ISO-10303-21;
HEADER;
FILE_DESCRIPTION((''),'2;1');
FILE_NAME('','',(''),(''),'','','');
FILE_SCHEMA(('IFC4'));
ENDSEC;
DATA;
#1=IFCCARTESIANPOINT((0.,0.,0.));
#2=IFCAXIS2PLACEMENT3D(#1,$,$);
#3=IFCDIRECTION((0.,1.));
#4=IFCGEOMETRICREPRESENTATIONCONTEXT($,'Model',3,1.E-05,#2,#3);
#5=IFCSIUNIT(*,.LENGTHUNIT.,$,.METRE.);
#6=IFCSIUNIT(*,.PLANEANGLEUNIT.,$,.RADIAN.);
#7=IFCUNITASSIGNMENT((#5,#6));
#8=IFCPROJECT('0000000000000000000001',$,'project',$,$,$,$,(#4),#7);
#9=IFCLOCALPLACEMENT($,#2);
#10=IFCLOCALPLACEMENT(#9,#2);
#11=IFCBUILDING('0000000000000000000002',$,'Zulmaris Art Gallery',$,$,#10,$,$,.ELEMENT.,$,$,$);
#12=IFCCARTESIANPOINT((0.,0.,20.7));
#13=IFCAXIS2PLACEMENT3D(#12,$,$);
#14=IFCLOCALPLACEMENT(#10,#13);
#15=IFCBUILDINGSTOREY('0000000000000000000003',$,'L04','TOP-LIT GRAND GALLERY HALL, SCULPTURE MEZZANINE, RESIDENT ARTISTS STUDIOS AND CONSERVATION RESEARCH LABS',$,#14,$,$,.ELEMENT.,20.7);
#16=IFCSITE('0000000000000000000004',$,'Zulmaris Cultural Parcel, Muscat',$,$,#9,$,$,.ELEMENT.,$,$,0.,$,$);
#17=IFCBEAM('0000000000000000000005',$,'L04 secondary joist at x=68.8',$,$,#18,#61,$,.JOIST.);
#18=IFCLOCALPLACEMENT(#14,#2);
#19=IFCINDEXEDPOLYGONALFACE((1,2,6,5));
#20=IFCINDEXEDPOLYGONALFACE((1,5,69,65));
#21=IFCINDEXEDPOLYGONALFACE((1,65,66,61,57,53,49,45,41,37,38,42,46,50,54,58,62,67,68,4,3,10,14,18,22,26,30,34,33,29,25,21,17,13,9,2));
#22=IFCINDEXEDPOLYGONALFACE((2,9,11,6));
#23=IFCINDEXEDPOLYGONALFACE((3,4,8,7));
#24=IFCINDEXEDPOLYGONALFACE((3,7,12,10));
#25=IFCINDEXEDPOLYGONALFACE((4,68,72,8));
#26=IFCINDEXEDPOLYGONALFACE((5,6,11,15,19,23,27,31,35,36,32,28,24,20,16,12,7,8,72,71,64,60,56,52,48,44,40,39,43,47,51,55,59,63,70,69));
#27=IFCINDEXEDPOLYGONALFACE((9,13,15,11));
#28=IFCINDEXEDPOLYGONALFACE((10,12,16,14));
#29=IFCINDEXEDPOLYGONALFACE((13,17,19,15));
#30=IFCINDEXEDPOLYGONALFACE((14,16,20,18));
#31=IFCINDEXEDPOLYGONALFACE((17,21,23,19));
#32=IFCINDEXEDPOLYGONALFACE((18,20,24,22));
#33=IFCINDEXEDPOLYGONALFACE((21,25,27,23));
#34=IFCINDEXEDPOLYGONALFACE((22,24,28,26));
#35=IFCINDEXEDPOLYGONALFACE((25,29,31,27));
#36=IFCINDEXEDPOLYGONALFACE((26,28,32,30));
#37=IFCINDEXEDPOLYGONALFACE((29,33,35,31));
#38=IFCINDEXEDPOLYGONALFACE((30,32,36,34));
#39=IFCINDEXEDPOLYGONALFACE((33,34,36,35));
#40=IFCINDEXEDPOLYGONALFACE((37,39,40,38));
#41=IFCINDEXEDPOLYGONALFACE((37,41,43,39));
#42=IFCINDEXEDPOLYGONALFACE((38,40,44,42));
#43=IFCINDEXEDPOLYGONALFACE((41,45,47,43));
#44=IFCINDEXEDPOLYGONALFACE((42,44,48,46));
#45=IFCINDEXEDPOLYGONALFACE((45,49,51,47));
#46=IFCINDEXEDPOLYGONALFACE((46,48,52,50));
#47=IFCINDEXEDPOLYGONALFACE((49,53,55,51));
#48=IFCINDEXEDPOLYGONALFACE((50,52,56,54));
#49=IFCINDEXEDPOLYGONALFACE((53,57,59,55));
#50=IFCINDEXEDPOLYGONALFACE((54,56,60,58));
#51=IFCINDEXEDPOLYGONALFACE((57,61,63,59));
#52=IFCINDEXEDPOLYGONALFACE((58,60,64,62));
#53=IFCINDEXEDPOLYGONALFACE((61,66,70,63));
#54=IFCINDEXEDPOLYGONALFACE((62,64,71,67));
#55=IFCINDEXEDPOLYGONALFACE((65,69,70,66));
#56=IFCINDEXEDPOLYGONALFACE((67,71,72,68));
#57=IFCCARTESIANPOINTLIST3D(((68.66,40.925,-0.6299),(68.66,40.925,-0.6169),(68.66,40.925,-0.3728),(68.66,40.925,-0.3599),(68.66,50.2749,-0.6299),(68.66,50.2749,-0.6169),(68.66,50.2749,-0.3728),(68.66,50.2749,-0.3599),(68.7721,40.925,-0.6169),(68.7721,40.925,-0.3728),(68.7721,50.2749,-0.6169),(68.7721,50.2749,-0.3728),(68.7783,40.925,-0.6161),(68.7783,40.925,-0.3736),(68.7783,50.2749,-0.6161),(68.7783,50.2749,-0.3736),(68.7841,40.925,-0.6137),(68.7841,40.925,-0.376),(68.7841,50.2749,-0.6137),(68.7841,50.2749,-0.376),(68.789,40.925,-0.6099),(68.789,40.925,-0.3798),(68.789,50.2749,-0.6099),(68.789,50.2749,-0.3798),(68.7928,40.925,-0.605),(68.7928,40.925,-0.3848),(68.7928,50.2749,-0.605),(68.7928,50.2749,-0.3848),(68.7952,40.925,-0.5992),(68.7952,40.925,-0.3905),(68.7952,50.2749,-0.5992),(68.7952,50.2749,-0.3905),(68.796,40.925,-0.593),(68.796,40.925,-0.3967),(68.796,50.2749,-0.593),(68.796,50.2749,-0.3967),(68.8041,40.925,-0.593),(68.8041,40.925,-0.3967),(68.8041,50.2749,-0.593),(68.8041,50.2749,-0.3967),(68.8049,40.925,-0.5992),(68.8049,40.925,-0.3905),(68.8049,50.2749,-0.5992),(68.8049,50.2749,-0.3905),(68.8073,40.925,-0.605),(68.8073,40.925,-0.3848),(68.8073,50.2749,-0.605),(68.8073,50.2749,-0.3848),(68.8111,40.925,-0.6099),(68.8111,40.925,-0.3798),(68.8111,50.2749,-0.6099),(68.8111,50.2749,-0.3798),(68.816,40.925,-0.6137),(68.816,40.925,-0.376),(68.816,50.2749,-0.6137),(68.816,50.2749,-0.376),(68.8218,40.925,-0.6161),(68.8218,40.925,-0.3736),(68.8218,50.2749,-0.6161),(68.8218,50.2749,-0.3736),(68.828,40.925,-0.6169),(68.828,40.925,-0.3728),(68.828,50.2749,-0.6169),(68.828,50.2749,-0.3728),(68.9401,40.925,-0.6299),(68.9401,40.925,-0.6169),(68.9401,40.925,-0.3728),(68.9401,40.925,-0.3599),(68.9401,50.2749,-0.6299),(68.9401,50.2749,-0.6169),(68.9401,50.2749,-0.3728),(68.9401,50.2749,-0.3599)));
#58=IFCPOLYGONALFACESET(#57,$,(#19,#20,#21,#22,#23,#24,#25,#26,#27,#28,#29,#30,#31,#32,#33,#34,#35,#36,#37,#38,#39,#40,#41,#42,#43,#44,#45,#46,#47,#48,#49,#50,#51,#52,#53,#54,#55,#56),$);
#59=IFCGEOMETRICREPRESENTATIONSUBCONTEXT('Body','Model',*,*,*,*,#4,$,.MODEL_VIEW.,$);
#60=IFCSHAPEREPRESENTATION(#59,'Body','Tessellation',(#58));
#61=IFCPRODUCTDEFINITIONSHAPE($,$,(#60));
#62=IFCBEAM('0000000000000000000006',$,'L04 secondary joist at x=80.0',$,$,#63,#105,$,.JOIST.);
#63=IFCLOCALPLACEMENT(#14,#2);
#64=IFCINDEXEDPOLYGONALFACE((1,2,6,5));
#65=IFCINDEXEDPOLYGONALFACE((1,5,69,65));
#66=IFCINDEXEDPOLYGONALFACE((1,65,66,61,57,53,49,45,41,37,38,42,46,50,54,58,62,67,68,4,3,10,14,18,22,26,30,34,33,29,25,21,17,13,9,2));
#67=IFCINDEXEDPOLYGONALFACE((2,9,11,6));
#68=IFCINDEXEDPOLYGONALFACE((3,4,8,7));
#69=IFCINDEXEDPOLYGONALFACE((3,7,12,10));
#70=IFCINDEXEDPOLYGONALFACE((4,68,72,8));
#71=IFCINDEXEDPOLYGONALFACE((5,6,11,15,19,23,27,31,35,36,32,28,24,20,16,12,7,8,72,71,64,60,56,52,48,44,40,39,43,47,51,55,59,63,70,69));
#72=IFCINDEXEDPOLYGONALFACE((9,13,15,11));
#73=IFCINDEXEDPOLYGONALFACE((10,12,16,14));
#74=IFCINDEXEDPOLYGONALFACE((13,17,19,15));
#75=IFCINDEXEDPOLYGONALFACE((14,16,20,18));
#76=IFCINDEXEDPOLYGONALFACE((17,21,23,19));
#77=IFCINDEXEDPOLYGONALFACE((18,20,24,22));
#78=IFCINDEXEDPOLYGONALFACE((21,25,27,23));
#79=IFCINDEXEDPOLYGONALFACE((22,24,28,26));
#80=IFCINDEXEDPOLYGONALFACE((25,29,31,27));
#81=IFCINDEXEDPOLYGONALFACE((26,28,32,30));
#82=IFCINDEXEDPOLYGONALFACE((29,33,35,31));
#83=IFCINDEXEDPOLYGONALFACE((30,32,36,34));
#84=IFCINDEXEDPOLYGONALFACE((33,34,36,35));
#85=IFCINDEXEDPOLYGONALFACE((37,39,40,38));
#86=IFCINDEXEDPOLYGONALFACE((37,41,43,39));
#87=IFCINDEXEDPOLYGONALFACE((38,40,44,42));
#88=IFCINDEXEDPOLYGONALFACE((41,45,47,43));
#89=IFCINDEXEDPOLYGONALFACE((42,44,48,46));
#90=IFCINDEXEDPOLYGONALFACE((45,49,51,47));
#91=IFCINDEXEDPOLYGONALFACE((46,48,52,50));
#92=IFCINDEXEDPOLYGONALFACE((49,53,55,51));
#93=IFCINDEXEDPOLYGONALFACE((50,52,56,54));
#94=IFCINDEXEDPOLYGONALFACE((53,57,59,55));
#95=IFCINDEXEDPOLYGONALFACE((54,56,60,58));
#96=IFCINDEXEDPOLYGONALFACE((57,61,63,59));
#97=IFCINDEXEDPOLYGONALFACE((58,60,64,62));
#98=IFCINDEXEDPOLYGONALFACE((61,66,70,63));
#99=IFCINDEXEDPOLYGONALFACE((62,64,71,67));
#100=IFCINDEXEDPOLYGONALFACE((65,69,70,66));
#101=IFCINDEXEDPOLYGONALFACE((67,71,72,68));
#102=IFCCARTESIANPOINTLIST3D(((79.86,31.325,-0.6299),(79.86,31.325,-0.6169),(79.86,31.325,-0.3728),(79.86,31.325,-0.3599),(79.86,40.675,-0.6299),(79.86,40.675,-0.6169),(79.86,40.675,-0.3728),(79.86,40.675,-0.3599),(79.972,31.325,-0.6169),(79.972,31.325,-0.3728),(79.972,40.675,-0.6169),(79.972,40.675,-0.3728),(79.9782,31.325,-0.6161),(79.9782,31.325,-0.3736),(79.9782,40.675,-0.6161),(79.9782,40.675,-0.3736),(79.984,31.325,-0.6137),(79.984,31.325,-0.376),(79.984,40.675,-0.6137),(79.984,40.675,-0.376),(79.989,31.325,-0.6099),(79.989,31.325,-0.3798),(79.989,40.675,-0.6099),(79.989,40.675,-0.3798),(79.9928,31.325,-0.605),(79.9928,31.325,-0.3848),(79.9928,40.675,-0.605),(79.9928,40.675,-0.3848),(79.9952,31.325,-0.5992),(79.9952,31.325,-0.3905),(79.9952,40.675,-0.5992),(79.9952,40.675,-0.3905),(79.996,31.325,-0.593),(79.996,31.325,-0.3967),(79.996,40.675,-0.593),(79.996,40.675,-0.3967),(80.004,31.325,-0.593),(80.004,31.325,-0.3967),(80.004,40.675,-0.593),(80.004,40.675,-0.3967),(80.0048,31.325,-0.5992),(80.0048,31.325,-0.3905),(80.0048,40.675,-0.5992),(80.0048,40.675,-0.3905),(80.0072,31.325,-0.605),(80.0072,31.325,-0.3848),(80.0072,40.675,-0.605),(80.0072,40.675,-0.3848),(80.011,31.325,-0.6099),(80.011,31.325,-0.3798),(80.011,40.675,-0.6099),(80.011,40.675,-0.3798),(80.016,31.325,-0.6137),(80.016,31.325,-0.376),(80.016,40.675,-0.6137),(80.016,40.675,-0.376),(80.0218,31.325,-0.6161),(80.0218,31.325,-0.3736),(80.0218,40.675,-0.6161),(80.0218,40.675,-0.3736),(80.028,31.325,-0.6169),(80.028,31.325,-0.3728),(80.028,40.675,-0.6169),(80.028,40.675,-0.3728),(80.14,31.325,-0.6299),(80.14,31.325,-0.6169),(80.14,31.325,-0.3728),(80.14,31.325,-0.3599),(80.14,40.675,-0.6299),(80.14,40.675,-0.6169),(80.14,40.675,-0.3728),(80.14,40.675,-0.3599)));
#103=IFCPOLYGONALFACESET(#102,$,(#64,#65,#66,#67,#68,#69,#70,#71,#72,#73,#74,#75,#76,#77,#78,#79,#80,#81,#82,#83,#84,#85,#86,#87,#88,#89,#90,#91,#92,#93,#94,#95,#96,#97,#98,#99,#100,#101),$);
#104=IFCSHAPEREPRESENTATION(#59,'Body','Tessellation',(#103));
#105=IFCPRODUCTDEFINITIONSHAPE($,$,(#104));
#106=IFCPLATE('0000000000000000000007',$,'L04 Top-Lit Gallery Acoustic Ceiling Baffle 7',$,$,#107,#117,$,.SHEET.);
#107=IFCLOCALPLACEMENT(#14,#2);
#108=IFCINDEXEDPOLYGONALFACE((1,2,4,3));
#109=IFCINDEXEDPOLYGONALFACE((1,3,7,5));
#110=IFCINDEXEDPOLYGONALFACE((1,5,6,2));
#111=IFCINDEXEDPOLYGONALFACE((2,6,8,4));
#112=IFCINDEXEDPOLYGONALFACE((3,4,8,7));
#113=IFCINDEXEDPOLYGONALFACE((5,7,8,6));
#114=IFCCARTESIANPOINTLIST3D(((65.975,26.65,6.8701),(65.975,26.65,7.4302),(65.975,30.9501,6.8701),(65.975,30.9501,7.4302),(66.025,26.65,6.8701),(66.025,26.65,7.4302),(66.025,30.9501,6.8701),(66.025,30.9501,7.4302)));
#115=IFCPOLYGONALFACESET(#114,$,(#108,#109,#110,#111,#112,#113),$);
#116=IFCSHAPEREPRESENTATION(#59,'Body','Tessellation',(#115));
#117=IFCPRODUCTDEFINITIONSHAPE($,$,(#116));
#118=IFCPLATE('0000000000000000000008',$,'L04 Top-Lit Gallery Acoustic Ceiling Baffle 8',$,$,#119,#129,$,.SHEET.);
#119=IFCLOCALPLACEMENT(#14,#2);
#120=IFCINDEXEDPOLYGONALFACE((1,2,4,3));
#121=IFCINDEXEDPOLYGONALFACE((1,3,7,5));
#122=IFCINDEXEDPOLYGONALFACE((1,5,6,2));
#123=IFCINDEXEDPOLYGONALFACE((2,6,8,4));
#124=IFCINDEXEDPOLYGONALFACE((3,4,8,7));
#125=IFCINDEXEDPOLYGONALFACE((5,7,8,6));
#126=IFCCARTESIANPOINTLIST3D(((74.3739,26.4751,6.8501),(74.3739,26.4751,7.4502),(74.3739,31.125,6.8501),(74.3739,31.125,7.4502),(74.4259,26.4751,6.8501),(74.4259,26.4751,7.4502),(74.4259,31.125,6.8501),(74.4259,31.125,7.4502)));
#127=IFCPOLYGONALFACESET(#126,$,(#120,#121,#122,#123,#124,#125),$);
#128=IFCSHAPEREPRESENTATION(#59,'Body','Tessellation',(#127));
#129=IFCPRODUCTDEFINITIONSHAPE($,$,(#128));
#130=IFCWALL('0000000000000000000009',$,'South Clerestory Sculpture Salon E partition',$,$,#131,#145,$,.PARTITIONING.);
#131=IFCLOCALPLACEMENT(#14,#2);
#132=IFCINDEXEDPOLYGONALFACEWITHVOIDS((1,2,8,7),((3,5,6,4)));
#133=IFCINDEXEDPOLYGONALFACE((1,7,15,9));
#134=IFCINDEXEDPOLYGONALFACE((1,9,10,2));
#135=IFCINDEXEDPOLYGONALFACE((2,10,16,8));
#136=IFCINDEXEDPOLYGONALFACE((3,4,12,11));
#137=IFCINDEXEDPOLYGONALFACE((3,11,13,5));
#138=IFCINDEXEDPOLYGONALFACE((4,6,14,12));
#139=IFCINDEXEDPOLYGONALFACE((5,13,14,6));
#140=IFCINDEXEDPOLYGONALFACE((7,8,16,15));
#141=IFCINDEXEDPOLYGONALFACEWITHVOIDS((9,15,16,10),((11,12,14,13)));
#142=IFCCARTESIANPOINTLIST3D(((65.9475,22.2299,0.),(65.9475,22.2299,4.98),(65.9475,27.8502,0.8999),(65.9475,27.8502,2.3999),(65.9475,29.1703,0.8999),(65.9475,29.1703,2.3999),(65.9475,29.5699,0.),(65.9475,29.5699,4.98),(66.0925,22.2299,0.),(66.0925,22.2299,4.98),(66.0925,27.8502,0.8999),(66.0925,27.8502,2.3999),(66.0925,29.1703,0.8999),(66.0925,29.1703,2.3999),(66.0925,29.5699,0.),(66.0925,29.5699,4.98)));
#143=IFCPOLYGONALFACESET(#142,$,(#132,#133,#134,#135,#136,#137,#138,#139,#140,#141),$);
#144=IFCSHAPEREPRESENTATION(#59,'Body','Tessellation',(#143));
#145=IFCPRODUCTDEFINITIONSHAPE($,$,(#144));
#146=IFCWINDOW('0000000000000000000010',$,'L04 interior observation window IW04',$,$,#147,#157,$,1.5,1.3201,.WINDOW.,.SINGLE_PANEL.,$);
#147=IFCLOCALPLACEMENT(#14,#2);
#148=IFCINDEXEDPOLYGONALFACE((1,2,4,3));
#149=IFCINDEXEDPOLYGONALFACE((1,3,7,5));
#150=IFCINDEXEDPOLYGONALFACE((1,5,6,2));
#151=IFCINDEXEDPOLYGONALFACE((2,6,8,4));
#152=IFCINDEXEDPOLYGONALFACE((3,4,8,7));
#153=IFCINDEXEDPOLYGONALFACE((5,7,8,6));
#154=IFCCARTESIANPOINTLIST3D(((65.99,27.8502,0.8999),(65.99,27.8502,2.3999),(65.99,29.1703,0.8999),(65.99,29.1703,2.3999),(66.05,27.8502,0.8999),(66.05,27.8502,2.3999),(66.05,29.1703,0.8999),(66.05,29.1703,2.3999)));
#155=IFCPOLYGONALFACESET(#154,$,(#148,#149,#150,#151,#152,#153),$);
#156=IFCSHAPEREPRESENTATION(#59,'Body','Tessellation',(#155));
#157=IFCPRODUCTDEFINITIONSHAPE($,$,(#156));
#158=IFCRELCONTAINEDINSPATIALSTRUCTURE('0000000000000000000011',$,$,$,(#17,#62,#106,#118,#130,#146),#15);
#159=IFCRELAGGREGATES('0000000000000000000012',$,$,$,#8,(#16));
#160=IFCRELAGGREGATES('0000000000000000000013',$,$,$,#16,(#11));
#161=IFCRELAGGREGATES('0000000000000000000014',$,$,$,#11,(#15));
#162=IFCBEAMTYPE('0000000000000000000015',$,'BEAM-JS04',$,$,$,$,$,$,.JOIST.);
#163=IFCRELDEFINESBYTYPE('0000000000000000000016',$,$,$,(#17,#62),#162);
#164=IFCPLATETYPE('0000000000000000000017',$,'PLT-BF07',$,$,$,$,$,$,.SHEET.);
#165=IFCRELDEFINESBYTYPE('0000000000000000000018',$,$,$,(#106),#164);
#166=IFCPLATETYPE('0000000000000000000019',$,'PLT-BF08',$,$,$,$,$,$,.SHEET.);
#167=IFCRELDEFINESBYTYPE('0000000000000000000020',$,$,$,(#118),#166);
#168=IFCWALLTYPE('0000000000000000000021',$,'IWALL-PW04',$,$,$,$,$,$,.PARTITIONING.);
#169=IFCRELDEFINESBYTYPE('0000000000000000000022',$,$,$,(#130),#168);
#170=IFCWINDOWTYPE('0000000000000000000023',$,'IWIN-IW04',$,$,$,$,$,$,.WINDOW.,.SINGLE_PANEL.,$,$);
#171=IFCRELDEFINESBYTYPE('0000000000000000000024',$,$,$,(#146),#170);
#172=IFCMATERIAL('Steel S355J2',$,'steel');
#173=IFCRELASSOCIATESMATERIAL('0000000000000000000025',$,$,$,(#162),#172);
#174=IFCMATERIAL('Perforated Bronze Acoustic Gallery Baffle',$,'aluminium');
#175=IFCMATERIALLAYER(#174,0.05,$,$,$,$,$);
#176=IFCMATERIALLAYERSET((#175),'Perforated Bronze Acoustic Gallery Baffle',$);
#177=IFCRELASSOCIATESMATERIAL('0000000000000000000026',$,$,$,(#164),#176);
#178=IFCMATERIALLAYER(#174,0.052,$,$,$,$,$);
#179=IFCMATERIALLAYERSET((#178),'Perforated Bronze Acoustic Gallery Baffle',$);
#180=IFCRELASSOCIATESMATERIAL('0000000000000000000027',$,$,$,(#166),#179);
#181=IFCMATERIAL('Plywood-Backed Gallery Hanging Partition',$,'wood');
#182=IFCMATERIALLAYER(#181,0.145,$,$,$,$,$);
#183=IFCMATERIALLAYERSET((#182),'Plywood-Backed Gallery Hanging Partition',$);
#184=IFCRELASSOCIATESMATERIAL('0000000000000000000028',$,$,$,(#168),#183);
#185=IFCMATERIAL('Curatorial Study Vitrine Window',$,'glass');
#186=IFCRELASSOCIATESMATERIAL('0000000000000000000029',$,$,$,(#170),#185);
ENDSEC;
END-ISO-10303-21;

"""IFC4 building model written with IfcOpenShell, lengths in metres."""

from ifc_helpers import new_model, si_unit, direction, frame, frame_2d, origin, origin_2d, place, context, subcontext, project, spatial, rectangle, i_section, extrude, material, layer, layer_set, material_profile, profile_set, type_object, element, fill, save


model = new_model("IFC4")

# Units and contexts
model_context = context("Model", 3, precision=1e-05, world=origin(), true_north=direction((0.0, 1.0)))
body_context = subcontext(model_context, "Body", "Model", "MODEL_VIEW")
ifc_project = project(units=[si_unit("LENGTHUNIT", "METRE"), si_unit("PLANEANGLEUNIT", "RADIAN")], contexts=[model_context])

# Site, building, storey
site_placement = place(None, origin())
site = spatial("IfcSite", under=ifc_project, at=site_placement, Name="Zulmaris Cultural Parcel, Muscat", CompositionType="ELEMENT", RefElevation=0.0)
building_placement = place(site_placement, origin())
building = spatial("IfcBuilding", under=site, at=building_placement, Name="Zulmaris Art Gallery", CompositionType="ELEMENT")
storey_placement = place(building_placement, frame((0.0, 0.0, 20.7)))
storey = spatial("IfcBuildingStorey", under=building, at=storey_placement, Name="L04", Description="TOP-LIT GRAND GALLERY HALL, SCULPTURE MEZZANINE, RESIDENT ARTISTS STUDIOS AND CONSERVATION RESEARCH LABS", CompositionType="ELEMENT", Elevation=20.7)

# Beams
ifc_material_1 = material(Name="Steel S355J2", Category="steel")
ifc_material_profile_1 = material_profile(ifc_material_1, i_section(OverallWidth=0.28, OverallDepth=0.27, WebThickness=0.0081, FlangeThickness=0.0129, FilletRadius=0.0239, at=origin_2d()), Name="HEA 280")
ifc_profile_set_1 = profile_set([ifc_material_profile_1], Name="Steel S355J2")
beam_type_1 = type_object("IfcBeamType", Name="BEAM-JS04", PredefinedType="JOIST", material=ifc_profile_set_1)
beam_1_placement = place(storey_placement, frame((68.8, 40.925, -0.4949), z_axis=(0.0, 1.0, 0.0), x_axis=(-1.0, 0.0, 0.0)))
element("IfcBeam", 1, at=beam_1_placement, inside=storey, type_object=beam_type_1, Name="L04 secondary joist at x=68.8", PredefinedType="JOIST", context=body_context, shape_type="SweptSolid", body=[
    extrude(i_section(OverallWidth=0.28, OverallDepth=0.27, WebThickness=0.0081, FlangeThickness=0.0129, FilletRadius=0.0239, at=origin_2d()), origin(), (0.0, 0.0, 1.0), 9.3499),
])
beam_2_placement = place(storey_placement, frame((80.0, 31.325, -0.4949), z_axis=(0.0, 1.0, 0.0), x_axis=(-1.0, 0.0, 0.0)))
element("IfcBeam", 2, at=beam_2_placement, inside=storey, type_object=beam_type_1, Name="L04 secondary joist at x=80.0", PredefinedType="JOIST", context=body_context, shape_type="SweptSolid", body=[
    extrude(i_section(OverallWidth=0.28, OverallDepth=0.27, WebThickness=0.0081, FlangeThickness=0.0129, FilletRadius=0.0239, at=origin_2d()), origin(), (0.0, 0.0, 1.0), 9.3501),
])

# Plates
ifc_material_2 = material(Name="Perforated Bronze Acoustic Gallery Baffle", Category="aluminium")
ifc_layer_1 = layer(ifc_material_2, 0.05)
ifc_layer_set_1 = layer_set([ifc_layer_1], Name="Perforated Bronze Acoustic Gallery Baffle")
plate_type_1 = type_object("IfcPlateType", Name="PLT-BF07", PredefinedType="SHEET", material=ifc_layer_set_1)
plate_1_placement = place(storey_placement, frame((66.0, 28.8, 6.8701), z_axis=(0.0, 0.0, 1.0), x_axis=(1.0, 0.0, 0.0)))
element("IfcPlate", 3, at=plate_1_placement, inside=storey, type_object=plate_type_1, Name="L04 Top-Lit Gallery Acoustic Ceiling Baffle 7", PredefinedType="SHEET", context=body_context, shape_type="SweptSolid", body=[
    extrude(rectangle(XDim=0.05, YDim=4.3, at=origin_2d()), origin(), (0.0, 0.0, 1.0), 0.5601),
])
ifc_layer_2 = layer(ifc_material_2, 0.052)
ifc_layer_set_2 = layer_set([ifc_layer_2], Name="Perforated Bronze Acoustic Gallery Baffle")
plate_type_2 = type_object("IfcPlateType", Name="PLT-BF08", PredefinedType="SHEET", material=ifc_layer_set_2)
plate_2_placement = place(storey_placement, frame((74.3999, 28.8, 6.8501), z_axis=(0.0, 0.0, 1.0), x_axis=(1.0, 0.0, 0.0)))
element("IfcPlate", 4, at=plate_2_placement, inside=storey, type_object=plate_type_2, Name="L04 Top-Lit Gallery Acoustic Ceiling Baffle 8", PredefinedType="SHEET", context=body_context, shape_type="SweptSolid", body=[
    extrude(rectangle(XDim=0.052, YDim=4.6499, at=origin_2d()), origin(), (0.0, 0.0, 1.0), 0.6001),
])

# Wall, opening, window
ifc_material_3 = material(Name="Plywood-Backed Gallery Hanging Partition", Category="wood")
ifc_layer_3 = layer(ifc_material_3, 0.145)
ifc_layer_set_3 = layer_set([ifc_layer_3], Name="Plywood-Backed Gallery Hanging Partition")
wall_type_1 = type_object("IfcWallType", Name="IWALL-PW04", PredefinedType="PARTITIONING", material=ifc_layer_set_3)
wall_1_placement = place(storey_placement, frame((66.02, 22.23, 0.0), z_axis=(0.0, 0.0, 1.0), x_axis=(0.0, 1.0, 0.0)))
wall_1 = element("IfcWall", 5, at=wall_1_placement, inside=storey, type_object=wall_type_1, Name="South Clerestory Sculpture Salon E partition", PredefinedType="PARTITIONING", context=body_context, shape_type="SweptSolid", body=[
    extrude(rectangle(XDim=7.3401, YDim=0.145, at=frame_2d((3.6699, 0.0))), origin(), (0.0, 0.0, 1.0), 4.98),
])
opening_1_placement = place(wall_1_placement, frame((5.6201, 0.0, 0.8999)))
opening_1 = element("IfcOpeningElement", 6, at=opening_1_placement, cuts=wall_1, PredefinedType="OPENING", context=body_context, shape_type="SweptSolid", body=[
    extrude(rectangle(XDim=1.3201, YDim=1.5, at=frame_2d((0.6602, 0.75))), frame((0.0, 0.0825, 0.0), z_axis=(0.0, -1.0, 0.0), x_axis=(1.0, 0.0, 0.0)), (0.0, 0.0, 1.0), 0.165),
])
ifc_material_4 = material(Name="Curatorial Study Vitrine Window", Category="glass")
window_type = type_object("IfcWindowType", Name="IWIN-IW04", PartitioningType="SINGLE_PANEL", PredefinedType="WINDOW", material=ifc_material_4)
window_placement = place(opening_1_placement, origin())
window = element("IfcWindow", 7, at=window_placement, inside=storey, type_object=window_type, Name="L04 interior observation window IW04", OverallHeight=1.5, OverallWidth=1.3201, PartitioningType="SINGLE_PANEL", PredefinedType="WINDOW", context=body_context, shape_type="SweptSolid", body=[
    extrude(rectangle(XDim=1.3201, YDim=1.5, at=frame_2d((0.6602, 0.75))), frame((0.0, 0.03, 0.0), z_axis=(0.0, -1.0, 0.0), x_axis=(1.0, 0.0, 0.0)), (0.0, 0.0, 1.0), 0.0601),
])
fill(opening_1, window)

save(model, "model.ifc")
